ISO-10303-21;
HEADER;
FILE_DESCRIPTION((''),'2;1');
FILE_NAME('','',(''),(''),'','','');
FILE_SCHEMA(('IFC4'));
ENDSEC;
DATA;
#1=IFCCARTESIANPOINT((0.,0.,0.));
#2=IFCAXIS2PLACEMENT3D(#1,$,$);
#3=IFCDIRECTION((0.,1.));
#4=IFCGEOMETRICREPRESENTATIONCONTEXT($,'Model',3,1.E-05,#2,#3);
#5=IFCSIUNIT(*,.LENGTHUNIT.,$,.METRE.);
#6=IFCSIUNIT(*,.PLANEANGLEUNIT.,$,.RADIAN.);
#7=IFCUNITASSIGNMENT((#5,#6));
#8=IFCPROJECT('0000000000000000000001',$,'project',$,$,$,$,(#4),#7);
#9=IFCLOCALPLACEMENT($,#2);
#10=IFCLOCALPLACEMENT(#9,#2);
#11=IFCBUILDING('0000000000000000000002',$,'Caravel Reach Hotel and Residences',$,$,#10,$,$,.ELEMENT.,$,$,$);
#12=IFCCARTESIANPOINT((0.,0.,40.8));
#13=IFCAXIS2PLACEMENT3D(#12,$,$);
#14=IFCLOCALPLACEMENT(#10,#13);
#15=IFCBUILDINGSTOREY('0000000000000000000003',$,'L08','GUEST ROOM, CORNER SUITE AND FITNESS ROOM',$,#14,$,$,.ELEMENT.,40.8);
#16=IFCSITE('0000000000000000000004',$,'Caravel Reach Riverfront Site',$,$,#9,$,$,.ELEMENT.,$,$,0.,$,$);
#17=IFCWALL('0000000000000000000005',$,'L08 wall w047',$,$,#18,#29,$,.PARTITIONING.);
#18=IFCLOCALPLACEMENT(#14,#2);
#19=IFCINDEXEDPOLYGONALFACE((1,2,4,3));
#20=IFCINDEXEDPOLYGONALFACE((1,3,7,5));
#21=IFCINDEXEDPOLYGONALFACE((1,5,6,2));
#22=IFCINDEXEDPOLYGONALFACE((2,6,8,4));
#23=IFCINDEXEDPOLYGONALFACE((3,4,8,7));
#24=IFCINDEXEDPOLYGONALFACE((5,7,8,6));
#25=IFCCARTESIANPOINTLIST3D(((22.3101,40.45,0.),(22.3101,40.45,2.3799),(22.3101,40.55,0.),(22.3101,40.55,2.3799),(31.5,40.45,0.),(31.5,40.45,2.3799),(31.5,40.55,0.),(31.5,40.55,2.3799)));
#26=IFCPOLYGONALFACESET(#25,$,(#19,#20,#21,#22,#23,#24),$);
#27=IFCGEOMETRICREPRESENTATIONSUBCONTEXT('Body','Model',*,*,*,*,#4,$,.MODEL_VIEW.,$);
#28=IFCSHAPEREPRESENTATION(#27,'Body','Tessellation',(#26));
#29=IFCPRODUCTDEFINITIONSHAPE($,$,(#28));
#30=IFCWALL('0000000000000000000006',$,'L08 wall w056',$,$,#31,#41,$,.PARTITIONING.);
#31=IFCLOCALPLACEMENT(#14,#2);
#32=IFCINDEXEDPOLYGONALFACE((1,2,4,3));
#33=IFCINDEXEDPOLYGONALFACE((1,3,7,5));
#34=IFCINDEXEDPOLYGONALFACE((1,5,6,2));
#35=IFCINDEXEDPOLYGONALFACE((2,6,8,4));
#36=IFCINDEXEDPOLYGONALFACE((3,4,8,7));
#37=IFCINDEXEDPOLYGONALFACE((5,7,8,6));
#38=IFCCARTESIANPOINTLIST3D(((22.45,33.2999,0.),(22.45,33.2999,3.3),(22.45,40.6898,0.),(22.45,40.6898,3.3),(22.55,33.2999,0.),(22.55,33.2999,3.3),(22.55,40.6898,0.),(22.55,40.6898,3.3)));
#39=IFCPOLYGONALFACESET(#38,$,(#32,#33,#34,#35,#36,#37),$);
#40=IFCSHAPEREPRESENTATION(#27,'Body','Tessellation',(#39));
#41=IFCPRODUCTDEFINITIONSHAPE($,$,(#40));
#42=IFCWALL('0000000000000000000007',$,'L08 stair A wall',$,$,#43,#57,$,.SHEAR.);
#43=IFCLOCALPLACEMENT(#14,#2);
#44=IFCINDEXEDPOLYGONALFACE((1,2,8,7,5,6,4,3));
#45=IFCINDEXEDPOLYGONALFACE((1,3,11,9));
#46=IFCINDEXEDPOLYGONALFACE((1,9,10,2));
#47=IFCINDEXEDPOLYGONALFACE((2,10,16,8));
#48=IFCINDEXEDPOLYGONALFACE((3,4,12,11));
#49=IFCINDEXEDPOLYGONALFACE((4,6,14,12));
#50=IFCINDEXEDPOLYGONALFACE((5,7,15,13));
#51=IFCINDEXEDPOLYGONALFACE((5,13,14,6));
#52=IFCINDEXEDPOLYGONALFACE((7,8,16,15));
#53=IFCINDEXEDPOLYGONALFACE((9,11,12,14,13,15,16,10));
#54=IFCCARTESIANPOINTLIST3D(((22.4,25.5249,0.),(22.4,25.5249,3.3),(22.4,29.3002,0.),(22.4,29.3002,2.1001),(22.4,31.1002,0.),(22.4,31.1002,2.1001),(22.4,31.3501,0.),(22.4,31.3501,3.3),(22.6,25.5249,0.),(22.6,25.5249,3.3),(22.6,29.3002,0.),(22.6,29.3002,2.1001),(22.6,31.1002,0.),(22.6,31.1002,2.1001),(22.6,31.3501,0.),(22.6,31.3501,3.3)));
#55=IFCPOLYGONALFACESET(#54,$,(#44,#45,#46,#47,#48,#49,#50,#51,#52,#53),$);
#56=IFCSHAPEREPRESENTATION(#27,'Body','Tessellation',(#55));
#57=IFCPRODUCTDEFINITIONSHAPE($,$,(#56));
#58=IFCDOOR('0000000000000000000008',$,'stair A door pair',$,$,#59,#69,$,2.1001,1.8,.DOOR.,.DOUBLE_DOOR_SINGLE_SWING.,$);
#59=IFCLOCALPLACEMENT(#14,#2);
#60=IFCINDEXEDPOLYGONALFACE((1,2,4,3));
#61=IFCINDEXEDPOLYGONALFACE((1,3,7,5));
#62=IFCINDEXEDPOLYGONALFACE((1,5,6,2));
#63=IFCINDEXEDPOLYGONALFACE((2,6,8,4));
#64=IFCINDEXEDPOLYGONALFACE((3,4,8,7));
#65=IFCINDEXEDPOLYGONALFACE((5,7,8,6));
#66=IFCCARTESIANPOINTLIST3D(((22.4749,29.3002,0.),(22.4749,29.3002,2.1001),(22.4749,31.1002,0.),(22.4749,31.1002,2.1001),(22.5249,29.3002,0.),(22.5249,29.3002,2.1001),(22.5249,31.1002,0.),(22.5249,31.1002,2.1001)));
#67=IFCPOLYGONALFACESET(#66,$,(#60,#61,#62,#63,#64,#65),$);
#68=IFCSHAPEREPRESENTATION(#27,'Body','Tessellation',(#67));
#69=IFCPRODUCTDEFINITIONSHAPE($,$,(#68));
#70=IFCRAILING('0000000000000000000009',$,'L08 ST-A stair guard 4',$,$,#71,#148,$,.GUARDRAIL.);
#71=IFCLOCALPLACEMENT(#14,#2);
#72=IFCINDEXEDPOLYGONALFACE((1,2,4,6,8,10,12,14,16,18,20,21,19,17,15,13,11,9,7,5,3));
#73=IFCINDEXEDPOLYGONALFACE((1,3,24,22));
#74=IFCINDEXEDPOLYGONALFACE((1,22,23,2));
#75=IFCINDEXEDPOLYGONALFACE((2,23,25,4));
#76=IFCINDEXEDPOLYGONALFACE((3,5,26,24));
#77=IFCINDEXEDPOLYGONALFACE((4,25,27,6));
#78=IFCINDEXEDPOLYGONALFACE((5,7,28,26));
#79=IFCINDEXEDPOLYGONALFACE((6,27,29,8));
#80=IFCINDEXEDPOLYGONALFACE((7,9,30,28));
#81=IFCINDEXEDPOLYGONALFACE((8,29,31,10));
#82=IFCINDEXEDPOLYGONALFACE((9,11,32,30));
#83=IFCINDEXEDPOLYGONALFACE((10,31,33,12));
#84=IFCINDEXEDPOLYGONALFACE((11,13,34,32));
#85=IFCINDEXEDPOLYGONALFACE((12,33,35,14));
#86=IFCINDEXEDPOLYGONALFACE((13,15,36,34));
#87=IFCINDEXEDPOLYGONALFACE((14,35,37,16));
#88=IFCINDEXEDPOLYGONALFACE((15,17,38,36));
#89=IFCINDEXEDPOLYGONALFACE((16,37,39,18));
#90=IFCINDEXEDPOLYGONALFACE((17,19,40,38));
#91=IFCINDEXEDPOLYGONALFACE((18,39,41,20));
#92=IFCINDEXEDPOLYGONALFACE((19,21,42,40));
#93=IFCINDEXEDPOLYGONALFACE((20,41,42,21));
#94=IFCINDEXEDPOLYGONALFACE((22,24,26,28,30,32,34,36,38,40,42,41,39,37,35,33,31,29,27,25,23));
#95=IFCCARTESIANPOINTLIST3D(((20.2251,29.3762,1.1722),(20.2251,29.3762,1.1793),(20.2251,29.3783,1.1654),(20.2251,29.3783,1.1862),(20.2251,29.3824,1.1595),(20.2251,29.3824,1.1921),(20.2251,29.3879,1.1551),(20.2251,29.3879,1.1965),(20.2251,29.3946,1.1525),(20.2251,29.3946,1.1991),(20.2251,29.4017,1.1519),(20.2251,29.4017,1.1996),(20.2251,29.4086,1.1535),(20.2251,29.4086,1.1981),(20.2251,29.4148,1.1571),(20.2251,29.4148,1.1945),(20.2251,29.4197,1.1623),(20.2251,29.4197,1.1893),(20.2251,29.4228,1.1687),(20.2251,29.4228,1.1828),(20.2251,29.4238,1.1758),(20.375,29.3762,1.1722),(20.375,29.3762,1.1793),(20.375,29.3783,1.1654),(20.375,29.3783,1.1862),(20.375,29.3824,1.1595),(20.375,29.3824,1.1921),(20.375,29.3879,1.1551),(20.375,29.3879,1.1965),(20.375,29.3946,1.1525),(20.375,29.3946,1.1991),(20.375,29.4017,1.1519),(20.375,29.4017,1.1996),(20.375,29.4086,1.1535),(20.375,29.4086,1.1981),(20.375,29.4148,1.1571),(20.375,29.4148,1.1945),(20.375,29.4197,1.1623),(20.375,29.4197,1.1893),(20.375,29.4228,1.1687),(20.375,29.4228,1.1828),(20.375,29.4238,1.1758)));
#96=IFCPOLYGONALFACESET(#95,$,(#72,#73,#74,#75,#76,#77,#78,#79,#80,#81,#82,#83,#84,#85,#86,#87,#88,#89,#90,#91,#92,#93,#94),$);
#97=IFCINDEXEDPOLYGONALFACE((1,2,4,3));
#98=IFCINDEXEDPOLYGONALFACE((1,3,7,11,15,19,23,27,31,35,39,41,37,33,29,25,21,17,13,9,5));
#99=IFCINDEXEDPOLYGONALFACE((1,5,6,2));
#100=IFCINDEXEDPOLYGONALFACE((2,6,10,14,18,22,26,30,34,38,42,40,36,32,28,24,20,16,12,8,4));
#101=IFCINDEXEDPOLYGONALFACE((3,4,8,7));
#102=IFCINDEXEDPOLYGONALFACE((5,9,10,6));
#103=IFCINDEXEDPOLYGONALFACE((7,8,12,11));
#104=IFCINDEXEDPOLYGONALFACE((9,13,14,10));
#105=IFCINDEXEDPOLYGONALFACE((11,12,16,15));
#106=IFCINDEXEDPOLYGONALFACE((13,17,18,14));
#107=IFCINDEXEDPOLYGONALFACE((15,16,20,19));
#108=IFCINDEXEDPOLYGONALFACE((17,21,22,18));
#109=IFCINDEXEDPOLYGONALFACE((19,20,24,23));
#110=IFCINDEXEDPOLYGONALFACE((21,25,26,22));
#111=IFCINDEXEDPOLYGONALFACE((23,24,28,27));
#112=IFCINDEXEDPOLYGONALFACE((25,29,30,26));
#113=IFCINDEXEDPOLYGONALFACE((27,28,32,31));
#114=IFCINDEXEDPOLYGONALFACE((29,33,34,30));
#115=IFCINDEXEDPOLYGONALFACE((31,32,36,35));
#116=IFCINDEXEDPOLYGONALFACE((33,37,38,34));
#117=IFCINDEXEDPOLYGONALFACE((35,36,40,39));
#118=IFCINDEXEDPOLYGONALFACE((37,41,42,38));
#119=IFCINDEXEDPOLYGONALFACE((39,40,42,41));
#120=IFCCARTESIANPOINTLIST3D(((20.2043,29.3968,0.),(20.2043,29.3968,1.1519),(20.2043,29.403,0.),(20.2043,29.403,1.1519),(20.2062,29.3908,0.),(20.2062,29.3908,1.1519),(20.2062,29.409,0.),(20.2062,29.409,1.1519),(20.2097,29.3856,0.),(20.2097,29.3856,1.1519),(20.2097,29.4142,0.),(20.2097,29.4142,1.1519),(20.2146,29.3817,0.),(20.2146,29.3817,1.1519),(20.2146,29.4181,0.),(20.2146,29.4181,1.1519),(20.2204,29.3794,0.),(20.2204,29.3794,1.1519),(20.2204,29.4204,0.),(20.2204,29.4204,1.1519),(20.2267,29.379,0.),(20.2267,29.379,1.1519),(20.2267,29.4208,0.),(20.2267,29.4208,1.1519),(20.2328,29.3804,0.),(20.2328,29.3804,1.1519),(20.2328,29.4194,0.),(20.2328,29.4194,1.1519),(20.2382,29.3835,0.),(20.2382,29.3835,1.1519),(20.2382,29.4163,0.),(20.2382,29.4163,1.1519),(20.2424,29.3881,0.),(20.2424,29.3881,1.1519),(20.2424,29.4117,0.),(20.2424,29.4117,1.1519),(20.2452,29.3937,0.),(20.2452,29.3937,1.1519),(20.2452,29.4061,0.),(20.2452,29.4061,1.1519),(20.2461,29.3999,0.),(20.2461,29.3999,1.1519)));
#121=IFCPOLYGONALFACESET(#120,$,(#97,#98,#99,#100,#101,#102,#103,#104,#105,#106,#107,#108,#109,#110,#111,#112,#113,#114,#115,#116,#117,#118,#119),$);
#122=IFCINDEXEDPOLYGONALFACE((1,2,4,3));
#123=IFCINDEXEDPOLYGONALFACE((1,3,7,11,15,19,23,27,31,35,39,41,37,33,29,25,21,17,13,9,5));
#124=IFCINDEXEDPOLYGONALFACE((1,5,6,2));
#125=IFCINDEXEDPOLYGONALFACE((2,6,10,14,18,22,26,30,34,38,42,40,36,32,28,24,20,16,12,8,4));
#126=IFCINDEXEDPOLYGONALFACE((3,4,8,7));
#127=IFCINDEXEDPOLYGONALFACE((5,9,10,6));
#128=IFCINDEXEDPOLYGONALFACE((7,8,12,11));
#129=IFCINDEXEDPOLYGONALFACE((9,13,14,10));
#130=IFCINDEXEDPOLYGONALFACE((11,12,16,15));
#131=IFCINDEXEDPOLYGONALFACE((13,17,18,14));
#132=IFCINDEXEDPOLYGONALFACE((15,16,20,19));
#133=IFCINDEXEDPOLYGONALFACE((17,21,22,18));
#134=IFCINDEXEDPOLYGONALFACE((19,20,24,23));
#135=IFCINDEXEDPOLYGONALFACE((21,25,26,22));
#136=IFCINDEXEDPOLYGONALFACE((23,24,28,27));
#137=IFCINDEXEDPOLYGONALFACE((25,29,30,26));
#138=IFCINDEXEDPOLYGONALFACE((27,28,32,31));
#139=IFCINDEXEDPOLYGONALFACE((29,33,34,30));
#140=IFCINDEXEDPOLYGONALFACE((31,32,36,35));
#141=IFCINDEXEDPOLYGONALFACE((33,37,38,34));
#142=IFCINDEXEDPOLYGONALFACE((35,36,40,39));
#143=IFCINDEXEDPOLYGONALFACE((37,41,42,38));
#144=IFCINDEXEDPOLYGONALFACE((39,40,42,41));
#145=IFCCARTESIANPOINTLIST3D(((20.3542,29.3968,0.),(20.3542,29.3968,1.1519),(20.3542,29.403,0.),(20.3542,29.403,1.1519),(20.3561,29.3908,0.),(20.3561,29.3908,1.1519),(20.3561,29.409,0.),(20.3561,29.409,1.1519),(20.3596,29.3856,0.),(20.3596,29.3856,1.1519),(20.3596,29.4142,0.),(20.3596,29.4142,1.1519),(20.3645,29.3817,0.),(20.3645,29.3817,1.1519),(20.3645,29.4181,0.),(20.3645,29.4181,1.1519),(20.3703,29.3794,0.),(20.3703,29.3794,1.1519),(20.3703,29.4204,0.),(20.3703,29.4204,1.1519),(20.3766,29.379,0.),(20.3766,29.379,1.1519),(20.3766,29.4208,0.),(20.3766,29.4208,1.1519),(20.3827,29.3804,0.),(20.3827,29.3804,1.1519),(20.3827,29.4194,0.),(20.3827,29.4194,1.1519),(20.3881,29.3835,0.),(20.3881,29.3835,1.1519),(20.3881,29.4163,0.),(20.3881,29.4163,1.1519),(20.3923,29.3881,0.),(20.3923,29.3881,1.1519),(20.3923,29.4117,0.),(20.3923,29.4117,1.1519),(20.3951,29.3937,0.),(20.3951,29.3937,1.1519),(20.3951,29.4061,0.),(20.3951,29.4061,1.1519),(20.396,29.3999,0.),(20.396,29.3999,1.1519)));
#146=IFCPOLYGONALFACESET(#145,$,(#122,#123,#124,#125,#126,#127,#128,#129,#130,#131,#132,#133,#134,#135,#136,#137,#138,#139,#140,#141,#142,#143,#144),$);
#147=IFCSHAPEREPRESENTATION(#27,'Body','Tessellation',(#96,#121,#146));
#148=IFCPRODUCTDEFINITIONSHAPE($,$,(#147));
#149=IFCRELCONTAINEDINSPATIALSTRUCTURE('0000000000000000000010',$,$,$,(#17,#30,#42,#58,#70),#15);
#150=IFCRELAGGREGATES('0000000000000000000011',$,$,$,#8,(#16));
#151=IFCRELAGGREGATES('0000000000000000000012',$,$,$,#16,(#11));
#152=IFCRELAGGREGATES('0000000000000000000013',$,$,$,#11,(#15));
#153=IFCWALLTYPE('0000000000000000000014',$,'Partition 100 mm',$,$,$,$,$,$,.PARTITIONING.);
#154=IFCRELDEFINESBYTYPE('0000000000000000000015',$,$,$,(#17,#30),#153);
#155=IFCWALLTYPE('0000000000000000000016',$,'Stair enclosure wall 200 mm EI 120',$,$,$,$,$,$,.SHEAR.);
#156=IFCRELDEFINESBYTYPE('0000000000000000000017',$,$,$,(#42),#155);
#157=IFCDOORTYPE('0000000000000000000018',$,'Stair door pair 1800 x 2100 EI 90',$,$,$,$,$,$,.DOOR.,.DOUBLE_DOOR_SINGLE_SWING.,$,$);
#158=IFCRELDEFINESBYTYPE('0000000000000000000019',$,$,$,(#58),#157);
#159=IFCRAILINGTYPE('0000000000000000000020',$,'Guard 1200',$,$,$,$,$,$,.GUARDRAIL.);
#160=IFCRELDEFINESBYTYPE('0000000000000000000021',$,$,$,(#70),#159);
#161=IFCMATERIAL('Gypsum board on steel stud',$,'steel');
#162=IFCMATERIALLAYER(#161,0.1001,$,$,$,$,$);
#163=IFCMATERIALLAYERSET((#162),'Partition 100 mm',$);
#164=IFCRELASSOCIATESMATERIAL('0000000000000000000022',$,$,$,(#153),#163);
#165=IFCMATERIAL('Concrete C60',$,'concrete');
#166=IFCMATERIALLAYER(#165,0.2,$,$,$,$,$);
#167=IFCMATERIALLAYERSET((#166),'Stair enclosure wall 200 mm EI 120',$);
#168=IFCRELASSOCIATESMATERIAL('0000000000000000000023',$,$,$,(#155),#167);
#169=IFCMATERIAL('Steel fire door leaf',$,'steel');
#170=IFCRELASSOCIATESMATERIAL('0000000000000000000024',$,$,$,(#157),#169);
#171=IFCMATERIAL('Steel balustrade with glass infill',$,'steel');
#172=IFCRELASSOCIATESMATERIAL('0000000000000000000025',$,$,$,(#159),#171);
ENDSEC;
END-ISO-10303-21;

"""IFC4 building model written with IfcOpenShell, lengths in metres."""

from ifc_helpers import new_model, si_unit, direction, frame, frame_2d, origin, origin_2d, place, context, subcontext, project, spatial, rectangle, circle, extrude, material, layer, layer_set, type_object, element, fill, save


model = new_model("IFC4")

# Units and contexts
model_context = context("Model", 3, precision=1e-05, world=origin(), true_north=direction((0.0, 1.0)))
body_context = subcontext(model_context, "Body", "Model", "MODEL_VIEW")
ifc_project = project(units=[si_unit("LENGTHUNIT", "METRE"), si_unit("PLANEANGLEUNIT", "RADIAN")], contexts=[model_context])

# Site, building, storey
site_placement = place(None, origin())
site = spatial("IfcSite", under=ifc_project, at=site_placement, Name="Caravel Reach Riverfront Site", CompositionType="ELEMENT", RefElevation=0.0)
building_placement = place(site_placement, origin())
building = spatial("IfcBuilding", under=site, at=building_placement, Name="Caravel Reach Hotel and Residences", CompositionType="ELEMENT")
storey_placement = place(building_placement, frame((0.0, 0.0, 40.8)))
storey = spatial("IfcBuildingStorey", under=building, at=storey_placement, Name="L08", Description="GUEST ROOM, CORNER SUITE AND FITNESS ROOM", CompositionType="ELEMENT", Elevation=40.8)

# Walls
ifc_material_1 = material(Name="Gypsum board on steel stud", Category="steel")
ifc_layer_1 = layer(ifc_material_1, 0.1001)
ifc_layer_set_1 = layer_set([ifc_layer_1], Name="Partition 100 mm")
wall_type_1 = type_object("IfcWallType", Name="Partition 100 mm", PredefinedType="PARTITIONING", material=ifc_layer_set_1)
wall_1_placement = place(storey_placement, frame((22.3101, 40.5, 0.0), z_axis=(0.0, 0.0, 1.0), x_axis=(1.0, 0.0, 0.0)))
element("IfcWall", 1, at=wall_1_placement, inside=storey, type_object=wall_type_1, Name="L08 wall w047", PredefinedType="PARTITIONING", context=body_context, shape_type="SweptSolid", body=[
    extrude(rectangle(XDim=9.1899, YDim=0.1001, at=frame_2d((4.595, 0.0))), origin(), (0.0, 0.0, 1.0), 2.3799),
])
wall_2_placement = place(storey_placement, frame((22.5, 33.3, 0.0), z_axis=(0.0, 0.0, 1.0), x_axis=(0.0, 1.0, 0.0)))
element("IfcWall", 2, at=wall_2_placement, inside=storey, type_object=wall_type_1, Name="L08 wall w056", PredefinedType="PARTITIONING", context=body_context, shape_type="SweptSolid", body=[
    extrude(rectangle(XDim=7.3899, YDim=0.1001, at=frame_2d((3.6948, 0.0))), origin(), (0.0, 0.0, 1.0), 3.3),
])

# Wall, opening, door
ifc_material_2 = material(Name="Concrete C60", Category="concrete")
ifc_layer_2 = layer(ifc_material_2, 0.2)
ifc_layer_set_2 = layer_set([ifc_layer_2], Name="Stair enclosure wall 200 mm EI 120")
wall_type_2 = type_object("IfcWallType", Name="Stair enclosure wall 200 mm EI 120", PredefinedType="SHEAR", material=ifc_layer_set_2)
wall_3_placement = place(storey_placement, frame((22.5, 31.3501, 0.0), z_axis=(0.0, 0.0, 1.0), x_axis=(0.0, -1.0, 0.0)))
wall_3 = element("IfcWall", 3, at=wall_3_placement, inside=storey, type_object=wall_type_2, Name="L08 stair A wall", PredefinedType="SHEAR", context=body_context, shape_type="SweptSolid", body=[
    extrude(rectangle(XDim=5.8252, YDim=0.2, at=frame_2d((2.9126, 0.0))), origin(), (0.0, 0.0, 1.0), 3.3),
])
opening_1_placement = place(wall_3_placement, frame((0.25, 0.0, 0.0)))
opening_1 = element("IfcOpeningElement", 4, at=opening_1_placement, cuts=wall_3, PredefinedType="OPENING", context=body_context, shape_type="SweptSolid", body=[
    extrude(rectangle(XDim=1.8, YDim=2.1001, at=frame_2d((0.8999, 1.05))), frame((0.0, 0.1099, 0.0), z_axis=(0.0, -1.0, 0.0), x_axis=(1.0, 0.0, 0.0)), (0.0, 0.0, 1.0), 0.22),
])
ifc_material_3 = material(Name="Steel fire door leaf", Category="steel")
door_type_1 = type_object("IfcDoorType", Name="Stair door pair 1800 x 2100 EI 90", OperationType="DOUBLE_DOOR_SINGLE_SWING", PredefinedType="DOOR", material=ifc_material_3)
door_1_placement = place(opening_1_placement, origin())
door_1 = element("IfcDoor", 5, at=door_1_placement, inside=storey, type_object=door_type_1, Name="stair A door pair", OperationType="DOUBLE_DOOR_SINGLE_SWING", OverallHeight=2.1001, OverallWidth=1.8, PredefinedType="DOOR", context=body_context, shape_type="SweptSolid", body=[
    extrude(rectangle(XDim=1.8, YDim=2.1001, at=frame_2d((0.8999, 1.05))), frame((0.0, 0.0249, 0.0), z_axis=(0.0, -1.0, 0.0), x_axis=(1.0, 0.0, 0.0)), (0.0, 0.0, 1.0), 0.05),
])
fill(opening_1, door_1)

# Railing
ifc_material_4 = material(Name="Steel balustrade with glass infill", Category="steel")
railing_type = type_object("IfcRailingType", Name="Guard 1200", PredefinedType="GUARDRAIL", material=ifc_material_4)
railing_placement = place(storey_placement, frame((20.2251, 29.3999, 0.0)))
element("IfcRailing", 6, at=railing_placement, inside=storey, type_object=railing_type, Name="L08 ST-A stair guard 4", PredefinedType="GUARDRAIL", context=body_context, shape_type="SweptSolid", body=[
    extrude(circle(Radius=0.0239, at=origin_2d()), frame((0.0, 0.0, 1.1758), z_axis=(1.0, 0.0, 0.0), x_axis=(0.0, 1.0, 0.0)), (0.0, 0.0, 1.0), 0.1499),
    extrude(circle(Radius=0.021, at=origin_2d()), origin(), (0.0, 0.0, 1.0), 1.1519),
    extrude(circle(Radius=0.021, at=origin_2d()), frame((0.1499, 0.0, 0.0)), (0.0, 0.0, 1.0), 1.1519),
])

save(model, "model.ifc")
